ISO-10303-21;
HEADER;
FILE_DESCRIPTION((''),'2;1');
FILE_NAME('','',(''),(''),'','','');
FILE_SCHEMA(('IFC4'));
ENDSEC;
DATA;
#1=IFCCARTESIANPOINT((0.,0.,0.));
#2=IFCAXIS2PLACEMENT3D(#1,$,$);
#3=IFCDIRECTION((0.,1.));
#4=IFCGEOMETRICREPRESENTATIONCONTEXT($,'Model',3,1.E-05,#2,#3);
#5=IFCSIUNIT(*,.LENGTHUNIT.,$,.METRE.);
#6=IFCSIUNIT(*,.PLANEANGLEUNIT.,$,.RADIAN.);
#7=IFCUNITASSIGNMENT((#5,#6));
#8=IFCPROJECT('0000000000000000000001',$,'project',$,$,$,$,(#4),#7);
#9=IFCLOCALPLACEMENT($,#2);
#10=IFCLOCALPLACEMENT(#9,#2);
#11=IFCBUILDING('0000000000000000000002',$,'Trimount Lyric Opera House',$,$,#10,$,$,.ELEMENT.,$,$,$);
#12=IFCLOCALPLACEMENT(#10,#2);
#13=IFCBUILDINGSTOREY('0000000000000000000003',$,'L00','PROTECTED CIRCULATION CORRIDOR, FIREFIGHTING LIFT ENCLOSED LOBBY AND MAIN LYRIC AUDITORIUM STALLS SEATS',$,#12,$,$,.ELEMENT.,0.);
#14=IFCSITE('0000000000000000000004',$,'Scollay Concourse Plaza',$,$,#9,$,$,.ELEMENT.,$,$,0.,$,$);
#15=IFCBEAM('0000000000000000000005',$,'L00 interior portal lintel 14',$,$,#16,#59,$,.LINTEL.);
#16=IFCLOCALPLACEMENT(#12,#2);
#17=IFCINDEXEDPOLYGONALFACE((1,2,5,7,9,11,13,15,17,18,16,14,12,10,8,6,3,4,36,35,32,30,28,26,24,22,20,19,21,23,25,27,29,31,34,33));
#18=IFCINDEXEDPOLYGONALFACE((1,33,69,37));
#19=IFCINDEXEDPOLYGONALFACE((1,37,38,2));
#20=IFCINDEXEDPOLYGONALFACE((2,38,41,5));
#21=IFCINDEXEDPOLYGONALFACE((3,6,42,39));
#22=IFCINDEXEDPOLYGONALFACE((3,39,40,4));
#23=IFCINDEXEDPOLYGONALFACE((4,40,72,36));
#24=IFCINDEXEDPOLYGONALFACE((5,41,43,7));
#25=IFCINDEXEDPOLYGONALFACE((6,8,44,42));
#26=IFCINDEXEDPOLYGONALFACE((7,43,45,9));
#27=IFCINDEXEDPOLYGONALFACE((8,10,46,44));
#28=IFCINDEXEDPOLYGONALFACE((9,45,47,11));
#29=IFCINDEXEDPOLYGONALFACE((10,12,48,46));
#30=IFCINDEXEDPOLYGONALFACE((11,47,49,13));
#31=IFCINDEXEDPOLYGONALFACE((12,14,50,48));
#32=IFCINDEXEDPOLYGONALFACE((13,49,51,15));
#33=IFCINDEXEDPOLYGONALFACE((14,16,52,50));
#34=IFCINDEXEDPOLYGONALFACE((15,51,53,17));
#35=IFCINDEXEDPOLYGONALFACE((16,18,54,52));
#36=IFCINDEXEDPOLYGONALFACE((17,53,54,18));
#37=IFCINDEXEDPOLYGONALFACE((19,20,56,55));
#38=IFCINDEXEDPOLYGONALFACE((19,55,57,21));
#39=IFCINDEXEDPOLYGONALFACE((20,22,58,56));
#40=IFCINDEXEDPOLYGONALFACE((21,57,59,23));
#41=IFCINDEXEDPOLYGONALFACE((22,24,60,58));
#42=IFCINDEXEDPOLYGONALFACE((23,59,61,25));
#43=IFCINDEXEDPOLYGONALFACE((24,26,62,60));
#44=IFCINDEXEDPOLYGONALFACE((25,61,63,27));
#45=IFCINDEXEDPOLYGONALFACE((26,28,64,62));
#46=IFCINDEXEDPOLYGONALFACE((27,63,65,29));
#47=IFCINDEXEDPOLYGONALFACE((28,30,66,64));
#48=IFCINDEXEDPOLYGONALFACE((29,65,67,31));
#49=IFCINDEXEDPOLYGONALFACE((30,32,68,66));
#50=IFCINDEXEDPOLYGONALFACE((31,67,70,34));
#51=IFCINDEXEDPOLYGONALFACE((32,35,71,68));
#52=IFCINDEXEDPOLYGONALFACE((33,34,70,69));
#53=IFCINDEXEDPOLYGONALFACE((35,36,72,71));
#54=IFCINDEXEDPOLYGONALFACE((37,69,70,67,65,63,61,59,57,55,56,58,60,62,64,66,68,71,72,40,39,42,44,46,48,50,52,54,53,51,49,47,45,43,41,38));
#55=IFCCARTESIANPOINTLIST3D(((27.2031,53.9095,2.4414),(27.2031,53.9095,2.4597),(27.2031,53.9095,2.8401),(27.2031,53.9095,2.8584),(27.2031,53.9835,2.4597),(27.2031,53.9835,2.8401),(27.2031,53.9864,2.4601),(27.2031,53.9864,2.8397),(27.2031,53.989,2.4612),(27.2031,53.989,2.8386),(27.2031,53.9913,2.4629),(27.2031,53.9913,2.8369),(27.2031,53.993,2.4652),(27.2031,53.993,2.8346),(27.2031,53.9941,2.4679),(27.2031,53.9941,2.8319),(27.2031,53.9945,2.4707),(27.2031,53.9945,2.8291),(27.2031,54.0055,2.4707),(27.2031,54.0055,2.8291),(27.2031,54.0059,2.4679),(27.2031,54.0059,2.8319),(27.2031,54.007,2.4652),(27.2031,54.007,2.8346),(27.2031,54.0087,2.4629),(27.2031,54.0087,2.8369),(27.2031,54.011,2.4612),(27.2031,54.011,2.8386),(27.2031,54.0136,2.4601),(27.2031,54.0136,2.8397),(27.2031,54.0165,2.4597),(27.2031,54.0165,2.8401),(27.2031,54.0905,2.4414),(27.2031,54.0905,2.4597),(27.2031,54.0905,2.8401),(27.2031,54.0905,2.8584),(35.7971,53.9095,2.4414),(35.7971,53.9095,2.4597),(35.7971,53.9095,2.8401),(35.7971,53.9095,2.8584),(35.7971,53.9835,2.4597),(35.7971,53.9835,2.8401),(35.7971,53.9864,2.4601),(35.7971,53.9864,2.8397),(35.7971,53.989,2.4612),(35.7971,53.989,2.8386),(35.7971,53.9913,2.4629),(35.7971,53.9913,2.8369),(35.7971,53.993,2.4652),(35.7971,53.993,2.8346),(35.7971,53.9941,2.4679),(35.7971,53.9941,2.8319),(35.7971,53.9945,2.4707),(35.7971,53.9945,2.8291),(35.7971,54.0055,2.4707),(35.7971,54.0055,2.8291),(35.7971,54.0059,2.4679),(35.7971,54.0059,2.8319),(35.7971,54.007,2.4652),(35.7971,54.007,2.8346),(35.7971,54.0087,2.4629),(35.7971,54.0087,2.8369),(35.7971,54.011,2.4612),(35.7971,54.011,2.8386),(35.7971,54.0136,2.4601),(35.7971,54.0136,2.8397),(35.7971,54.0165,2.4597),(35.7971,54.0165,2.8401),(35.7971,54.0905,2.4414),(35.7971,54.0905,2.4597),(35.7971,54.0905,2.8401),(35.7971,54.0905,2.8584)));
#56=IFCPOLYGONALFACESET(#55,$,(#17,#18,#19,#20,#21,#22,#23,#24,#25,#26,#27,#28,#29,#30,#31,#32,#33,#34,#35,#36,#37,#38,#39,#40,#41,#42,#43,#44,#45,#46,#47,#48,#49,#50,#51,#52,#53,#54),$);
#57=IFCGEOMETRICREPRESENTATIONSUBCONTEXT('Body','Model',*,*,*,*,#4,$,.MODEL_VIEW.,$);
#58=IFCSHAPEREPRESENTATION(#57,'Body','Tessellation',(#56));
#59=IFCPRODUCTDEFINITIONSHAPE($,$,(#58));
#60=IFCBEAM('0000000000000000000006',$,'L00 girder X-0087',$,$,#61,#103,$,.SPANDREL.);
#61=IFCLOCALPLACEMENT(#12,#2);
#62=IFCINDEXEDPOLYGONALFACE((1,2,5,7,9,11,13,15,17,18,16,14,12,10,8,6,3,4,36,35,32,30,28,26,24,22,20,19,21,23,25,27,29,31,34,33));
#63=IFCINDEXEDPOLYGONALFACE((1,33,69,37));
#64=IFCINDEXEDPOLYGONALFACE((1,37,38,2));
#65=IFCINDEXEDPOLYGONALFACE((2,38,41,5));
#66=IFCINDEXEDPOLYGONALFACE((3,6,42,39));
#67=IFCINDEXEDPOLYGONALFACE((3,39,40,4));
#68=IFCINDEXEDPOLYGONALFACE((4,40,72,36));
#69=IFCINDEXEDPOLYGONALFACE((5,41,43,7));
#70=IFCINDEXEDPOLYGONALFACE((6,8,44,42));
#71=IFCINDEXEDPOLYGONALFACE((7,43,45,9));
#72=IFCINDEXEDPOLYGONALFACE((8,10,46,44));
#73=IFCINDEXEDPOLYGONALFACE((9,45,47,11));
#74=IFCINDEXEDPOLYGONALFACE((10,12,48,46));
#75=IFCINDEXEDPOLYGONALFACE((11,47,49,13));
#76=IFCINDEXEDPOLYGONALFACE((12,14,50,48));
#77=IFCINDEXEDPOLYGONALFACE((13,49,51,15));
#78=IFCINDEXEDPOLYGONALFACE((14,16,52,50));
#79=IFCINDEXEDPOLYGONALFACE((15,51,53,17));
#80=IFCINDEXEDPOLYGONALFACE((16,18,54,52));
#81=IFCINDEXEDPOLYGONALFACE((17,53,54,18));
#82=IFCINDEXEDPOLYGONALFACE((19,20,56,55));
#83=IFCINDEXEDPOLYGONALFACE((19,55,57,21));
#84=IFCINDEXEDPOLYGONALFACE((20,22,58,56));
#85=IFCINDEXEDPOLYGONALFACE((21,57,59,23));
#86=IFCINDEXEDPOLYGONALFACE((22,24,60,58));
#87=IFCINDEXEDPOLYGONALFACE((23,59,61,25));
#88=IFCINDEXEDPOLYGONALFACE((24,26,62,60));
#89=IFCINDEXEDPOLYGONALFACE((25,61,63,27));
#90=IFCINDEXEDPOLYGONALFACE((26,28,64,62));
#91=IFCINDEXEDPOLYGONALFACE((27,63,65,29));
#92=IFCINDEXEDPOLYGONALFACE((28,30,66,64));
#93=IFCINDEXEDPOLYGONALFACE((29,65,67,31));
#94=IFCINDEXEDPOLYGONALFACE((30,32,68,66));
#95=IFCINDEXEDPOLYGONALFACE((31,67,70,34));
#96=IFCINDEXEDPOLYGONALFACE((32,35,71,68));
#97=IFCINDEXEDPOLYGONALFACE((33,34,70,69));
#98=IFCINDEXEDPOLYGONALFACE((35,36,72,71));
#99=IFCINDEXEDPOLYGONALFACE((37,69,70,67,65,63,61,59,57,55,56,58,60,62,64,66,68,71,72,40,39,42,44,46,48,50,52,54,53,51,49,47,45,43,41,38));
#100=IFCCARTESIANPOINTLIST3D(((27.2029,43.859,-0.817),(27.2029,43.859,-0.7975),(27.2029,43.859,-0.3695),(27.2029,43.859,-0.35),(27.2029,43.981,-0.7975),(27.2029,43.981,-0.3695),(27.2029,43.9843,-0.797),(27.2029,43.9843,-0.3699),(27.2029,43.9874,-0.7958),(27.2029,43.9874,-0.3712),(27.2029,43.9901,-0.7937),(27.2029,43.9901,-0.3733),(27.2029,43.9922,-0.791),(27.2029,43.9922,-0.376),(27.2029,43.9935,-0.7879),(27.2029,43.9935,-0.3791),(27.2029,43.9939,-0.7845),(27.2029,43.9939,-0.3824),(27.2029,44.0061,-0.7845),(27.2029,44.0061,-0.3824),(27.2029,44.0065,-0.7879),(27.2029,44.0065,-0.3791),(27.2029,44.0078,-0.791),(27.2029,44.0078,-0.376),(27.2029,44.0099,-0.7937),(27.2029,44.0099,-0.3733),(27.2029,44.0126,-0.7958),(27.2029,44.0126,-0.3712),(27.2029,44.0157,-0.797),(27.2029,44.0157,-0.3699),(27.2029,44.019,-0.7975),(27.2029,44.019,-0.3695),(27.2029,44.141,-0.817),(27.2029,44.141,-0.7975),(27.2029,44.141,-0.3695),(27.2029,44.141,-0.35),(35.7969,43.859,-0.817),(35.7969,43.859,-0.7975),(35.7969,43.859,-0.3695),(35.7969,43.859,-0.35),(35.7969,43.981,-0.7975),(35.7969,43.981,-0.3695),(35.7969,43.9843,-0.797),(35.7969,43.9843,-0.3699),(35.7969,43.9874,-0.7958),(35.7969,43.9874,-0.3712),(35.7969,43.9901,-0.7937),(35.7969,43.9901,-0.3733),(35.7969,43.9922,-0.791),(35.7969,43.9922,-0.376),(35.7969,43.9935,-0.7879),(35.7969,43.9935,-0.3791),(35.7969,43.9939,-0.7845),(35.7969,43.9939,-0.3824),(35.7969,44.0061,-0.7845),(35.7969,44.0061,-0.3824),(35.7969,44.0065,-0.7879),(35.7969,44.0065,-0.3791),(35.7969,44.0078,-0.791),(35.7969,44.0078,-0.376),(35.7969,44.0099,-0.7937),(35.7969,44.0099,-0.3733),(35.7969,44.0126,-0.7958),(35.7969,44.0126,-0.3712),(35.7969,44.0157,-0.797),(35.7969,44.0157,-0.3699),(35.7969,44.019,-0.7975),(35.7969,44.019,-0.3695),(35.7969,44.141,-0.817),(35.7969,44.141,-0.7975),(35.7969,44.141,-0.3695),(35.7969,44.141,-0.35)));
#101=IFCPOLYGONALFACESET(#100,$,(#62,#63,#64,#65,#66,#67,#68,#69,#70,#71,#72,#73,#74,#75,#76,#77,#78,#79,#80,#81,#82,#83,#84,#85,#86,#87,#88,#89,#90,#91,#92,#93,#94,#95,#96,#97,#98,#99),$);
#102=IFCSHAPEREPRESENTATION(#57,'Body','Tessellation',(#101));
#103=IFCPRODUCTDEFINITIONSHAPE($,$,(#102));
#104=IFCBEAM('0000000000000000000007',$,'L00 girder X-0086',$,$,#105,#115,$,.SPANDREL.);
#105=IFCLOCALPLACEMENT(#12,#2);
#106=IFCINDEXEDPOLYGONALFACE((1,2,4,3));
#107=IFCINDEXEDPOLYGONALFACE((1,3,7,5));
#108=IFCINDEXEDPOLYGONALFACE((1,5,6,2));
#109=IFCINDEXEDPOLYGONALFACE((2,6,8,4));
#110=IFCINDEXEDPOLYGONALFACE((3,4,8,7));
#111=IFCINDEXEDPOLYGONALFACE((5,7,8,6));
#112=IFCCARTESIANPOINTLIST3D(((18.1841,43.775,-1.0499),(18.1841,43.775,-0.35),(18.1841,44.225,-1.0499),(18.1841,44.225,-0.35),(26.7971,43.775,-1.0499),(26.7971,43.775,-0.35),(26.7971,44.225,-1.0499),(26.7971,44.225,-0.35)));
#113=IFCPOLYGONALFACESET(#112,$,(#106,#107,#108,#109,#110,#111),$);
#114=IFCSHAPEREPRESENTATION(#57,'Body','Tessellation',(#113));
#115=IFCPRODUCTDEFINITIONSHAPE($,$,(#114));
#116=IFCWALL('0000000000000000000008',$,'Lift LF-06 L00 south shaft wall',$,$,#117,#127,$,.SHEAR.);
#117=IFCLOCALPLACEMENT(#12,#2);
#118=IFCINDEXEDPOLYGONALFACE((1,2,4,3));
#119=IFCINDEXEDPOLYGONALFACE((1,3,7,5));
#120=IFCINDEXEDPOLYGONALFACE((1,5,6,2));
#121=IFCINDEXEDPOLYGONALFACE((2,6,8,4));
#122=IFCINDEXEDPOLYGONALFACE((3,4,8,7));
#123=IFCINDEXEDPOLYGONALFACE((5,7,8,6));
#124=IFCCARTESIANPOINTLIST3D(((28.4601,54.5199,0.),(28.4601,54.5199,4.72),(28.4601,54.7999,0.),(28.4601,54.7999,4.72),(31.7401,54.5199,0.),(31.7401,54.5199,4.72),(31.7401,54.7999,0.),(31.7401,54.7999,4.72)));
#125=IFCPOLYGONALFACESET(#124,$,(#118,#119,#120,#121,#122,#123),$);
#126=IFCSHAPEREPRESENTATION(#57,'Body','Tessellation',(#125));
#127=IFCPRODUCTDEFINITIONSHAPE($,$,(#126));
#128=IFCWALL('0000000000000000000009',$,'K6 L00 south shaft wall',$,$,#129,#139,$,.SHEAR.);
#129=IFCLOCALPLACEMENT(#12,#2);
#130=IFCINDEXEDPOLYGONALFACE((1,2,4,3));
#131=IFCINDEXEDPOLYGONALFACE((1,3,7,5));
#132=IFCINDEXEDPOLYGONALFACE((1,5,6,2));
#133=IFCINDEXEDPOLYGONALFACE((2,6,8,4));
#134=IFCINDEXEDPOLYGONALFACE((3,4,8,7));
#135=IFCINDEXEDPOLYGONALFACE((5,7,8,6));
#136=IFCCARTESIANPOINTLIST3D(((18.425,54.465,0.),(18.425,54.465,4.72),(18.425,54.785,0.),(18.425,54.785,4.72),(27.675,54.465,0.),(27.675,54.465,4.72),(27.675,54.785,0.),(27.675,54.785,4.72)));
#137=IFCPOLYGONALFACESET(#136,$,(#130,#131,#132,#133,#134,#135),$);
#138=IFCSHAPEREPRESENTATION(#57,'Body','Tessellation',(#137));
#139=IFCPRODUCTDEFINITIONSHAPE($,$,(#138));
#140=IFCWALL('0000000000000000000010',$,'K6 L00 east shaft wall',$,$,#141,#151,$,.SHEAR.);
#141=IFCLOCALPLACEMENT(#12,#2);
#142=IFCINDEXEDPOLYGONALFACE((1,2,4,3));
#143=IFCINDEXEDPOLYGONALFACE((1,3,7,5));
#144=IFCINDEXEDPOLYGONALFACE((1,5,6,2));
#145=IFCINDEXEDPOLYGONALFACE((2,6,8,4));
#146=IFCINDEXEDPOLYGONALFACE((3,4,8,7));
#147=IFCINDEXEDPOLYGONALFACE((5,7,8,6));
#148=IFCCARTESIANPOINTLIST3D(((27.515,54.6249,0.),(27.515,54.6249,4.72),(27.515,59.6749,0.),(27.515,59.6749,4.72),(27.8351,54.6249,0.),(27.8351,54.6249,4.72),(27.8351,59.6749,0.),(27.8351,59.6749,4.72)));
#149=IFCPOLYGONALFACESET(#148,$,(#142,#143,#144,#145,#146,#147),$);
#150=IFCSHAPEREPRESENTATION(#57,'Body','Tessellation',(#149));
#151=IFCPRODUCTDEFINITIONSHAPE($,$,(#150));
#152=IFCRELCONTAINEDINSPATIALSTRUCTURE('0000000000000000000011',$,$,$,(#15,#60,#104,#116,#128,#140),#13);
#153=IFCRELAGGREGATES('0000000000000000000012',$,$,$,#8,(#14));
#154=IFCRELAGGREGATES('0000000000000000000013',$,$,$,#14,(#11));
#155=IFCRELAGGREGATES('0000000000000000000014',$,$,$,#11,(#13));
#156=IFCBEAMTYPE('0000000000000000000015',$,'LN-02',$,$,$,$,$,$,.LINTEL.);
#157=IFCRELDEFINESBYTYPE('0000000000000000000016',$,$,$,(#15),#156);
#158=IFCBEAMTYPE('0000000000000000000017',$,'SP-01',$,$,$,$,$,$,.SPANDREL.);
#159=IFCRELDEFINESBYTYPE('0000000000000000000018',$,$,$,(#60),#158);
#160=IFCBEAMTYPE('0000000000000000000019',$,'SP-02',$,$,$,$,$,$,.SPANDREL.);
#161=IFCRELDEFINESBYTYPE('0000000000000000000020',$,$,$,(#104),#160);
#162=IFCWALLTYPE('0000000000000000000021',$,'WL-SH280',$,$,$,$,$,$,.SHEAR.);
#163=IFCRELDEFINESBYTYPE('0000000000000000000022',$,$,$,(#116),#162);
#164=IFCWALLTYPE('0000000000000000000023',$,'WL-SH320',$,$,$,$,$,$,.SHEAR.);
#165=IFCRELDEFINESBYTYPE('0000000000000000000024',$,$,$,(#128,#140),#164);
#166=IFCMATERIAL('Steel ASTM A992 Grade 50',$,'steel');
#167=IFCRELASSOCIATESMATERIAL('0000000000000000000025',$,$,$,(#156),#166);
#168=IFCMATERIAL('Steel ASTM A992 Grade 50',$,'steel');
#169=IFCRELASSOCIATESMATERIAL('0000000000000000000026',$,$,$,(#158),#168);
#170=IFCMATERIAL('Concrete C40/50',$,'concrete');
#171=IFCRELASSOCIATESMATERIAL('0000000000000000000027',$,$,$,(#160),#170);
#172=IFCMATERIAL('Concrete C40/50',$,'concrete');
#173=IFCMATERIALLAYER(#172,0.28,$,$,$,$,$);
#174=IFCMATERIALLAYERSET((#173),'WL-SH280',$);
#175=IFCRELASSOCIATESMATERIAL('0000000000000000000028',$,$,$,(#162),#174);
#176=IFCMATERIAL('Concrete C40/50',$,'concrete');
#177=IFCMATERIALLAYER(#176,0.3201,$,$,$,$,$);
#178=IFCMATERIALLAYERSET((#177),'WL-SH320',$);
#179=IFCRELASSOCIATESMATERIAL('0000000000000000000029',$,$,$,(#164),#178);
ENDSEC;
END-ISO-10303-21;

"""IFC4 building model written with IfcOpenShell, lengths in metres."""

from ifc_helpers import new_model, si_unit, direction, frame, frame_2d, origin, origin_2d, place, context, subcontext, project, spatial, rectangle, i_section, extrude, material, layer, layer_set, material_profile, profile_set, type_object, element, save


model = new_model("IFC4")

# Units and contexts
model_context = context("Model", 3, precision=1e-05, world=origin(), true_north=direction((0.0, 1.0)))
body_context = subcontext(model_context, "Body", "Model", "MODEL_VIEW")
ifc_project = project(units=[si_unit("LENGTHUNIT", "METRE"), si_unit("PLANEANGLEUNIT", "RADIAN")], contexts=[model_context])

# Site, building, storey
site_placement = place(None, origin())
site = spatial("IfcSite", under=ifc_project, at=site_placement, Name="Scollay Concourse Plaza", CompositionType="ELEMENT", RefElevation=0.0)
building_placement = place(site_placement, origin())
building = spatial("IfcBuilding", under=site, at=building_placement, Name="Trimount Lyric Opera House", CompositionType="ELEMENT")
storey_placement = place(building_placement, origin())
storey = spatial("IfcBuildingStorey", under=building, at=storey_placement, Name="L00", Description="PROTECTED CIRCULATION CORRIDOR, FIREFIGHTING LIFT ENCLOSED LOBBY AND MAIN LYRIC AUDITORIUM STALLS SEATS", CompositionType="ELEMENT", Elevation=0.0)

# Beams
ifc_material_1 = material(Name="Steel ASTM A992 Grade 50", Category="steel")
ifc_material_profile_1 = material_profile(ifc_material_1, i_section(OverallWidth=0.1809, OverallDepth=0.417, WebThickness=0.011, FlangeThickness=0.0183, FilletRadius=0.011, at=origin_2d()), Name="W16X57")
ifc_profile_set_1 = profile_set([ifc_material_profile_1], Name="Steel ASTM A992 Grade 50")
beam_type_1 = type_object("IfcBeamType", Name="LN-02", PredefinedType="LINTEL", material=ifc_profile_set_1)
beam_1_placement = place(storey_placement, frame((27.2031, 54.0, 2.6499), z_axis=(1.0, 0.0, 0.0), x_axis=(0.0, 1.0, 0.0)))
element("IfcBeam", 1, at=beam_1_placement, inside=storey, type_object=beam_type_1, Name="L00 interior portal lintel 14", PredefinedType="LINTEL", context=body_context, shape_type="SweptSolid", body=[
    extrude(i_section(OverallWidth=0.1809, OverallDepth=0.417, WebThickness=0.011, FlangeThickness=0.0183, FilletRadius=0.011, at=origin_2d()), origin(), (0.0, 0.0, 1.0), 8.594),
])
ifc_material_2 = material(Name="Steel ASTM A992 Grade 50", Category="steel")
ifc_material_profile_2 = material_profile(ifc_material_2, i_section(OverallWidth=0.282, OverallDepth=0.467, WebThickness=0.0122, FlangeThickness=0.0195, FilletRadius=0.0129, at=origin_2d()), Name="W18X86")
ifc_profile_set_2 = profile_set([ifc_material_profile_2], Name="Steel ASTM A992 Grade 50")
beam_type_2 = type_object("IfcBeamType", Name="SP-01", PredefinedType="SPANDREL", material=ifc_profile_set_2)
beam_2_placement = place(storey_placement, frame((27.2029, 44.0, -0.5835), z_axis=(1.0, 0.0, 0.0), x_axis=(0.0, 1.0, 0.0)))
element("IfcBeam", 2, at=beam_2_placement, inside=storey, type_object=beam_type_2, Name="L00 girder X-0087", PredefinedType="SPANDREL", context=body_context, shape_type="SweptSolid", body=[
    extrude(i_section(OverallWidth=0.282, OverallDepth=0.467, WebThickness=0.0122, FlangeThickness=0.0195, FilletRadius=0.0129, at=origin_2d()), origin(), (0.0, 0.0, 1.0), 8.594),
])
ifc_material_3 = material(Name="Concrete C40/50", Category="concrete")
ifc_material_profile_3 = material_profile(ifc_material_3, rectangle(XDim=0.45, YDim=0.7, at=origin_2d()), Name="RC450X700")
ifc_profile_set_3 = profile_set([ifc_material_profile_3], Name="Concrete C40/50")
beam_type_3 = type_object("IfcBeamType", Name="SP-02", PredefinedType="SPANDREL", material=ifc_profile_set_3)
beam_3_placement = place(storey_placement, frame((18.1841, 44.0, -0.7), z_axis=(1.0, 0.0, 0.0), x_axis=(0.0, 1.0, 0.0)))
element("IfcBeam", 3, at=beam_3_placement, inside=storey, type_object=beam_type_3, Name="L00 girder X-0086", PredefinedType="SPANDREL", context=body_context, shape_type="SweptSolid", body=[
    extrude(rectangle(XDim=0.45, YDim=0.7, at=origin_2d()), origin(), (0.0, 0.0, 1.0), 8.613),
])

# Walls
ifc_material_4 = material(Name="Concrete C40/50", Category="concrete")
ifc_layer_1 = layer(ifc_material_4, 0.28)
ifc_layer_set_1 = layer_set([ifc_layer_1], Name="WL-SH280")
wall_type_1 = type_object("IfcWallType", Name="WL-SH280", PredefinedType="SHEAR", material=ifc_layer_set_1)
wall_1_placement = place(storey_placement, frame((28.46, 54.6599, 0.0), z_axis=(0.0, 0.0, 1.0), x_axis=(1.0, 0.0, 0.0)))
element("IfcWall", 4, at=wall_1_placement, inside=storey, type_object=wall_type_1, Name="Lift LF-06 L00 south shaft wall", PredefinedType="SHEAR", context=body_context, shape_type="SweptSolid", body=[
    extrude(rectangle(XDim=3.28, YDim=0.28, at=frame_2d((1.6401, 0.0))), origin(), (0.0, 0.0, 1.0), 4.72),
])
ifc_material_5 = material(Name="Concrete C40/50", Category="concrete")
ifc_layer_2 = layer(ifc_material_5, 0.3201)
ifc_layer_set_2 = layer_set([ifc_layer_2], Name="WL-SH320")
wall_type_2 = type_object("IfcWallType", Name="WL-SH320", PredefinedType="SHEAR", material=ifc_layer_set_2)
wall_2_placement = place(storey_placement, frame((18.425, 54.625, 0.0), z_axis=(0.0, 0.0, 1.0), x_axis=(1.0, 0.0, 0.0)))
element("IfcWall", 5, at=wall_2_placement, inside=storey, type_object=wall_type_2, Name="K6 L00 south shaft wall", PredefinedType="SHEAR", context=body_context, shape_type="SweptSolid", body=[
    extrude(rectangle(XDim=9.25, YDim=0.3201, at=frame_2d((4.625, 0.0))), origin(), (0.0, 0.0, 1.0), 4.72),
])
wall_3_placement = place(storey_placement, frame((27.675, 54.625, 0.0), z_axis=(0.0, 0.0, 1.0), x_axis=(0.0, 1.0, 0.0)))
element("IfcWall", 6, at=wall_3_placement, inside=storey, type_object=wall_type_2, Name="K6 L00 east shaft wall", PredefinedType="SHEAR", context=body_context, shape_type="SweptSolid", body=[
    extrude(rectangle(XDim=5.05, YDim=0.3201, at=frame_2d((2.5249, 0.0))), origin(), (0.0, 0.0, 1.0), 4.72),
])

save(model, "model.ifc")
